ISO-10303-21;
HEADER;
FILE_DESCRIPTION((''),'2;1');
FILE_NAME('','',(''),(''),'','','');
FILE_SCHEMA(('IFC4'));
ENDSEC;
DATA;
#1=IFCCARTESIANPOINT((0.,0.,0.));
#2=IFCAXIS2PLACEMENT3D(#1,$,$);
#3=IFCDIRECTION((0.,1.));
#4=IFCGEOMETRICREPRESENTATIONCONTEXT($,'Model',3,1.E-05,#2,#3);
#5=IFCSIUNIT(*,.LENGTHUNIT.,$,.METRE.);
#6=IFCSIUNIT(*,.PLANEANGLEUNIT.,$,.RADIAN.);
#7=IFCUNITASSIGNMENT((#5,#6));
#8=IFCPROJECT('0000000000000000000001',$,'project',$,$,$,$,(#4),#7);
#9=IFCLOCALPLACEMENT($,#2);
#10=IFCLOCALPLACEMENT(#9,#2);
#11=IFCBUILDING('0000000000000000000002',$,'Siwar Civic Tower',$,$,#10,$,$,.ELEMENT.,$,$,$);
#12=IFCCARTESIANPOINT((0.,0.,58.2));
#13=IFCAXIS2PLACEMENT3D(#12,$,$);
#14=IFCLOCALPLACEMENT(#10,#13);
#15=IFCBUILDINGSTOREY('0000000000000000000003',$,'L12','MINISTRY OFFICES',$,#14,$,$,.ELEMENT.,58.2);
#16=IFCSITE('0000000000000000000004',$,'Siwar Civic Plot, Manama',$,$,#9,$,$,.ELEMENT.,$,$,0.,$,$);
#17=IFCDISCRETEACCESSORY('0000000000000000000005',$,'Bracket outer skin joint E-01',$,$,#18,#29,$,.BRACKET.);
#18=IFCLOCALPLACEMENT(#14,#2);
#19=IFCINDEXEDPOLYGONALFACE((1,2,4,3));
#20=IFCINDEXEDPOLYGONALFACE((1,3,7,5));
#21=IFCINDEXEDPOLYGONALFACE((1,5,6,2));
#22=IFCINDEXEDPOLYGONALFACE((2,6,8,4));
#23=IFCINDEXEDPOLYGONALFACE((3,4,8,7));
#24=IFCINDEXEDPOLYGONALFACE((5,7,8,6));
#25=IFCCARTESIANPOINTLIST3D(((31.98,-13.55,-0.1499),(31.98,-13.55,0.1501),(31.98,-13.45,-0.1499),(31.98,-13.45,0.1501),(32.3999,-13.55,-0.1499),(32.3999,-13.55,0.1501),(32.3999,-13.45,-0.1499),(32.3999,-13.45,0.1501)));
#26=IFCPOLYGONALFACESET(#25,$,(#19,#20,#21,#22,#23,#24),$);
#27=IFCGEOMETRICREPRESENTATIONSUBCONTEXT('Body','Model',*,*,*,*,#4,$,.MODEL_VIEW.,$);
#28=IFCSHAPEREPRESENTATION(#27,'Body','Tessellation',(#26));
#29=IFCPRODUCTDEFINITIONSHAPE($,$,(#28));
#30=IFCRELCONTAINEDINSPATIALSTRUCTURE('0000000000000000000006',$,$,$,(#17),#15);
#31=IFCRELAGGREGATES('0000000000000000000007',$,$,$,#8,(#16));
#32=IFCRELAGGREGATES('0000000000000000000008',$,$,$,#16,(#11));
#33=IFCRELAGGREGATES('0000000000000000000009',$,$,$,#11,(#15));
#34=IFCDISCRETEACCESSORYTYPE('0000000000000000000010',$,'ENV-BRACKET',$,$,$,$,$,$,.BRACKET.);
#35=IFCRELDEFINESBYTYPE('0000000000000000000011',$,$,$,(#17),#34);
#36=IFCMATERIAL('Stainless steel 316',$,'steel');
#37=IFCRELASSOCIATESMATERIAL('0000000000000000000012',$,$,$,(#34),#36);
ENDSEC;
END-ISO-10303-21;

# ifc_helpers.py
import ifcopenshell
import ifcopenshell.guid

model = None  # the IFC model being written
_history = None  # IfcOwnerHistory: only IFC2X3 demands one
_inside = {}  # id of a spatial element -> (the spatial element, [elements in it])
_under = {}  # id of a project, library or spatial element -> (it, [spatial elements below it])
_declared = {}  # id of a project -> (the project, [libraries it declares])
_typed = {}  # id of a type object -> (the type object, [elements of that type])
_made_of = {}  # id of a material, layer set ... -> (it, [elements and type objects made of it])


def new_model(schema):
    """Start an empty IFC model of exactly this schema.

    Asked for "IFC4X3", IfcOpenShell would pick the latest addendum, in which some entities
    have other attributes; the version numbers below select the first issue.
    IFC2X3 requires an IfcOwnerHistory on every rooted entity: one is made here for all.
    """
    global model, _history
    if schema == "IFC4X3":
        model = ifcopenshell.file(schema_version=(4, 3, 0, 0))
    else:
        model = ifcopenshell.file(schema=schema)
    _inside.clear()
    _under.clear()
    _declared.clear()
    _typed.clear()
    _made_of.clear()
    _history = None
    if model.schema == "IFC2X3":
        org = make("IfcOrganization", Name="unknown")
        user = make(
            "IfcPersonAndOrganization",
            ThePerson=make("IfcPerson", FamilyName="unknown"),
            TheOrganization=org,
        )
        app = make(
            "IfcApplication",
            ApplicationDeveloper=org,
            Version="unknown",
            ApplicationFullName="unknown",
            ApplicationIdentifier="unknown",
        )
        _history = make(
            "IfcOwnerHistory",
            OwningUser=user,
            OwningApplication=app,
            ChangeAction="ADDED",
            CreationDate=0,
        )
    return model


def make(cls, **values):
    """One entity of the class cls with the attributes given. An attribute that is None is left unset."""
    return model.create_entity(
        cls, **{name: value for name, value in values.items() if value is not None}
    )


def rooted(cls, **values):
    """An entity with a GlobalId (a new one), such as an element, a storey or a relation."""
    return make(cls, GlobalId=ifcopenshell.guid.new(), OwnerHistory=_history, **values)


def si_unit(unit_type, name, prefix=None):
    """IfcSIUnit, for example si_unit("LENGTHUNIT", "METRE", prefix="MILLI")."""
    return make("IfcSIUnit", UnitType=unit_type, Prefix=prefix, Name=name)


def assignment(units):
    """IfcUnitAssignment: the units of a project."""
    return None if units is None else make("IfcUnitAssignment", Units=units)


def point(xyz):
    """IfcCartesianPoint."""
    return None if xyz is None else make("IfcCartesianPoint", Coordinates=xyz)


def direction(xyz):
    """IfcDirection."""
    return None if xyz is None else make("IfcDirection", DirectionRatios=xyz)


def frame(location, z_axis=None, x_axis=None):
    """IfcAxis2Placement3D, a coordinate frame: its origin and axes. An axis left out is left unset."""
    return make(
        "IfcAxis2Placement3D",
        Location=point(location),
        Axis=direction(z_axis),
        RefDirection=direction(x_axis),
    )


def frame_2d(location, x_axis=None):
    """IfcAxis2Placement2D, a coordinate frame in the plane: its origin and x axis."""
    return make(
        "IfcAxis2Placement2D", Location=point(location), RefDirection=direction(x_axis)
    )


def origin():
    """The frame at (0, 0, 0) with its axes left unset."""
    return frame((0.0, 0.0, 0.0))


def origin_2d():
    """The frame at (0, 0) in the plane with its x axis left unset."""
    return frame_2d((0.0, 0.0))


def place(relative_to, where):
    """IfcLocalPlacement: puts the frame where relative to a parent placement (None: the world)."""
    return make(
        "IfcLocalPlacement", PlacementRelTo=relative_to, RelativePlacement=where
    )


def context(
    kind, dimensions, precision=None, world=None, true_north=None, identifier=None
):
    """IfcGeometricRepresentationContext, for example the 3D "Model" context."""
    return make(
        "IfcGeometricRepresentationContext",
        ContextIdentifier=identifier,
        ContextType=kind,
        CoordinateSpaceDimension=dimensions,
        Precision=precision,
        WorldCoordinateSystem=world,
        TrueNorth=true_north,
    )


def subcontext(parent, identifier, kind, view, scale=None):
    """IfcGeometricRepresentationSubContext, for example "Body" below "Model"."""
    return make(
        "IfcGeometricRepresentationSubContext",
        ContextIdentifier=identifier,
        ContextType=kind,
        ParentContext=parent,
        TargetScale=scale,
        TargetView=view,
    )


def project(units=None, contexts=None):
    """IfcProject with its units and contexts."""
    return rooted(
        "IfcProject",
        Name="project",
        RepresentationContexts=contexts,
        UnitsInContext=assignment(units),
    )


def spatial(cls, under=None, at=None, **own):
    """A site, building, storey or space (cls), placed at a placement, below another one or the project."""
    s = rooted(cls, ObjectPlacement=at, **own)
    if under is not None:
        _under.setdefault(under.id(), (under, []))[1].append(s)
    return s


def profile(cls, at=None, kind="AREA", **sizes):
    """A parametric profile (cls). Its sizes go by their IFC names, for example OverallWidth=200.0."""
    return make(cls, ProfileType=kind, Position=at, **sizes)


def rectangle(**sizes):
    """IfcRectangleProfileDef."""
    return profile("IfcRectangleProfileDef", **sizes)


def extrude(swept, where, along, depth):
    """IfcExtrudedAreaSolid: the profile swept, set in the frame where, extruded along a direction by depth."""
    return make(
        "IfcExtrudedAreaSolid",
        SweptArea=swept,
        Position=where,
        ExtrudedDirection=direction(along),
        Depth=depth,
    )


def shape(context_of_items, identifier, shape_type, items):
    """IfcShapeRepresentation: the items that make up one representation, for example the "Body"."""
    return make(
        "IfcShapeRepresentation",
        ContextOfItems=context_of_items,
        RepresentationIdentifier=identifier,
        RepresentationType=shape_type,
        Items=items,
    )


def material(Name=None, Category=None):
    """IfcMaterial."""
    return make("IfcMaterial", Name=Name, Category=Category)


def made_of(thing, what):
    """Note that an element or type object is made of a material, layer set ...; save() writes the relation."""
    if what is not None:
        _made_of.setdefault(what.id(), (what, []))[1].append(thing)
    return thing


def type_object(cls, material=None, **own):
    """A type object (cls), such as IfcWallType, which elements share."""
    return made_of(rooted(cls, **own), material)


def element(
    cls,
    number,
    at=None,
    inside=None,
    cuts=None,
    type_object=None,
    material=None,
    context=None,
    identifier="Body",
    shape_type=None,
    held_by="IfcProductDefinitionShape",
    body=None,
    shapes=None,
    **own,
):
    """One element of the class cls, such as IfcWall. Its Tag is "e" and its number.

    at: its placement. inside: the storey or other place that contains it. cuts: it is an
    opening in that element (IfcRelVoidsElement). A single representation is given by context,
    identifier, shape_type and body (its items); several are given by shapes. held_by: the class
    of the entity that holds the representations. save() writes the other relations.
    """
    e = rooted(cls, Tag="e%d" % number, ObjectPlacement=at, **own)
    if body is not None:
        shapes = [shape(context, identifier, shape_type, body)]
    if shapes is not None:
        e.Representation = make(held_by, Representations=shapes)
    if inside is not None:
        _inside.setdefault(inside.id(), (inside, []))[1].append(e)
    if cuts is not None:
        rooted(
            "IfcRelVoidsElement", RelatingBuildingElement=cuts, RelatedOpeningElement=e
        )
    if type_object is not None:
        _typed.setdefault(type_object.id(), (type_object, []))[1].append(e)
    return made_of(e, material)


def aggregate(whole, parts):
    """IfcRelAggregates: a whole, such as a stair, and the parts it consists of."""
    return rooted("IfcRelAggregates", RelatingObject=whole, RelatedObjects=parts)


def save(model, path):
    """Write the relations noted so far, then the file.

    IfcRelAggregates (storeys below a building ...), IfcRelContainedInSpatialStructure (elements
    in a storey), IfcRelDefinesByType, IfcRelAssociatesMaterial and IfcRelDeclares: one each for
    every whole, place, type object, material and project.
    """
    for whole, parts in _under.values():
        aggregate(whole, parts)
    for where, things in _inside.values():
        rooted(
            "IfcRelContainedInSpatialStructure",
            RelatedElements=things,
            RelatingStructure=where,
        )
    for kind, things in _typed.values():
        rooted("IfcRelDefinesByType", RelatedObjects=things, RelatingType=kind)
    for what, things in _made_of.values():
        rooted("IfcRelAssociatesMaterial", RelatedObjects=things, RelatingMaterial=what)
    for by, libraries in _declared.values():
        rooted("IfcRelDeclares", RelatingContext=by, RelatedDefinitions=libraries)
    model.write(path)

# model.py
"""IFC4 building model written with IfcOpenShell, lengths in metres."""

from ifc_helpers import new_model, si_unit, direction, frame, origin, origin_2d, place, context, subcontext, project, spatial, rectangle, extrude, material, type_object, element, save


model = new_model("IFC4")

# Units and contexts
model_context = context("Model", 3, precision=1e-05, world=origin(), true_north=direction((0.0, 1.0)))
body_context = subcontext(model_context, "Body", "Model", "MODEL_VIEW")
ifc_project = project(units=[si_unit("LENGTHUNIT", "METRE"), si_unit("PLANEANGLEUNIT", "RADIAN")], contexts=[model_context])

# Site, building, storey
site_placement = place(None, origin())
site = spatial("IfcSite", under=ifc_project, at=site_placement, Name="Siwar Civic Plot, Manama", CompositionType="ELEMENT", RefElevation=0.0)
building_placement = place(site_placement, origin())
building = spatial("IfcBuilding", under=site, at=building_placement, Name="Siwar Civic Tower", CompositionType="ELEMENT")
storey_placement = place(building_placement, frame((0.0, 0.0, 58.2)))
storey = spatial("IfcBuildingStorey", under=building, at=storey_placement, Name="L12", Description="MINISTRY OFFICES", CompositionType="ELEMENT", Elevation=58.2)

# Discrete accessory
ifc_material_1 = material(Name="Stainless steel 316", Category="steel")
discrete_accessory_type = type_object("IfcDiscreteAccessoryType", Name="ENV-BRACKET", PredefinedType="BRACKET", material=ifc_material_1)
discrete_accessory_placement = place(storey_placement, frame((32.1899, -13.5, -0.1499), z_axis=(0.0, 0.0, 1.0), x_axis=(1.0, 0.0, 0.0)))
element("IfcDiscreteAccessory", 1, at=discrete_accessory_placement, inside=storey, type_object=discrete_accessory_type, Name="Bracket outer skin joint E-01", PredefinedType="BRACKET", context=body_context, shape_type="SweptSolid", body=[
    extrude(rectangle(XDim=0.4199, YDim=0.1001, at=origin_2d()), origin(), (0.0, 0.0, 1.0), 0.3),
])

save(model, "model.ifc")
